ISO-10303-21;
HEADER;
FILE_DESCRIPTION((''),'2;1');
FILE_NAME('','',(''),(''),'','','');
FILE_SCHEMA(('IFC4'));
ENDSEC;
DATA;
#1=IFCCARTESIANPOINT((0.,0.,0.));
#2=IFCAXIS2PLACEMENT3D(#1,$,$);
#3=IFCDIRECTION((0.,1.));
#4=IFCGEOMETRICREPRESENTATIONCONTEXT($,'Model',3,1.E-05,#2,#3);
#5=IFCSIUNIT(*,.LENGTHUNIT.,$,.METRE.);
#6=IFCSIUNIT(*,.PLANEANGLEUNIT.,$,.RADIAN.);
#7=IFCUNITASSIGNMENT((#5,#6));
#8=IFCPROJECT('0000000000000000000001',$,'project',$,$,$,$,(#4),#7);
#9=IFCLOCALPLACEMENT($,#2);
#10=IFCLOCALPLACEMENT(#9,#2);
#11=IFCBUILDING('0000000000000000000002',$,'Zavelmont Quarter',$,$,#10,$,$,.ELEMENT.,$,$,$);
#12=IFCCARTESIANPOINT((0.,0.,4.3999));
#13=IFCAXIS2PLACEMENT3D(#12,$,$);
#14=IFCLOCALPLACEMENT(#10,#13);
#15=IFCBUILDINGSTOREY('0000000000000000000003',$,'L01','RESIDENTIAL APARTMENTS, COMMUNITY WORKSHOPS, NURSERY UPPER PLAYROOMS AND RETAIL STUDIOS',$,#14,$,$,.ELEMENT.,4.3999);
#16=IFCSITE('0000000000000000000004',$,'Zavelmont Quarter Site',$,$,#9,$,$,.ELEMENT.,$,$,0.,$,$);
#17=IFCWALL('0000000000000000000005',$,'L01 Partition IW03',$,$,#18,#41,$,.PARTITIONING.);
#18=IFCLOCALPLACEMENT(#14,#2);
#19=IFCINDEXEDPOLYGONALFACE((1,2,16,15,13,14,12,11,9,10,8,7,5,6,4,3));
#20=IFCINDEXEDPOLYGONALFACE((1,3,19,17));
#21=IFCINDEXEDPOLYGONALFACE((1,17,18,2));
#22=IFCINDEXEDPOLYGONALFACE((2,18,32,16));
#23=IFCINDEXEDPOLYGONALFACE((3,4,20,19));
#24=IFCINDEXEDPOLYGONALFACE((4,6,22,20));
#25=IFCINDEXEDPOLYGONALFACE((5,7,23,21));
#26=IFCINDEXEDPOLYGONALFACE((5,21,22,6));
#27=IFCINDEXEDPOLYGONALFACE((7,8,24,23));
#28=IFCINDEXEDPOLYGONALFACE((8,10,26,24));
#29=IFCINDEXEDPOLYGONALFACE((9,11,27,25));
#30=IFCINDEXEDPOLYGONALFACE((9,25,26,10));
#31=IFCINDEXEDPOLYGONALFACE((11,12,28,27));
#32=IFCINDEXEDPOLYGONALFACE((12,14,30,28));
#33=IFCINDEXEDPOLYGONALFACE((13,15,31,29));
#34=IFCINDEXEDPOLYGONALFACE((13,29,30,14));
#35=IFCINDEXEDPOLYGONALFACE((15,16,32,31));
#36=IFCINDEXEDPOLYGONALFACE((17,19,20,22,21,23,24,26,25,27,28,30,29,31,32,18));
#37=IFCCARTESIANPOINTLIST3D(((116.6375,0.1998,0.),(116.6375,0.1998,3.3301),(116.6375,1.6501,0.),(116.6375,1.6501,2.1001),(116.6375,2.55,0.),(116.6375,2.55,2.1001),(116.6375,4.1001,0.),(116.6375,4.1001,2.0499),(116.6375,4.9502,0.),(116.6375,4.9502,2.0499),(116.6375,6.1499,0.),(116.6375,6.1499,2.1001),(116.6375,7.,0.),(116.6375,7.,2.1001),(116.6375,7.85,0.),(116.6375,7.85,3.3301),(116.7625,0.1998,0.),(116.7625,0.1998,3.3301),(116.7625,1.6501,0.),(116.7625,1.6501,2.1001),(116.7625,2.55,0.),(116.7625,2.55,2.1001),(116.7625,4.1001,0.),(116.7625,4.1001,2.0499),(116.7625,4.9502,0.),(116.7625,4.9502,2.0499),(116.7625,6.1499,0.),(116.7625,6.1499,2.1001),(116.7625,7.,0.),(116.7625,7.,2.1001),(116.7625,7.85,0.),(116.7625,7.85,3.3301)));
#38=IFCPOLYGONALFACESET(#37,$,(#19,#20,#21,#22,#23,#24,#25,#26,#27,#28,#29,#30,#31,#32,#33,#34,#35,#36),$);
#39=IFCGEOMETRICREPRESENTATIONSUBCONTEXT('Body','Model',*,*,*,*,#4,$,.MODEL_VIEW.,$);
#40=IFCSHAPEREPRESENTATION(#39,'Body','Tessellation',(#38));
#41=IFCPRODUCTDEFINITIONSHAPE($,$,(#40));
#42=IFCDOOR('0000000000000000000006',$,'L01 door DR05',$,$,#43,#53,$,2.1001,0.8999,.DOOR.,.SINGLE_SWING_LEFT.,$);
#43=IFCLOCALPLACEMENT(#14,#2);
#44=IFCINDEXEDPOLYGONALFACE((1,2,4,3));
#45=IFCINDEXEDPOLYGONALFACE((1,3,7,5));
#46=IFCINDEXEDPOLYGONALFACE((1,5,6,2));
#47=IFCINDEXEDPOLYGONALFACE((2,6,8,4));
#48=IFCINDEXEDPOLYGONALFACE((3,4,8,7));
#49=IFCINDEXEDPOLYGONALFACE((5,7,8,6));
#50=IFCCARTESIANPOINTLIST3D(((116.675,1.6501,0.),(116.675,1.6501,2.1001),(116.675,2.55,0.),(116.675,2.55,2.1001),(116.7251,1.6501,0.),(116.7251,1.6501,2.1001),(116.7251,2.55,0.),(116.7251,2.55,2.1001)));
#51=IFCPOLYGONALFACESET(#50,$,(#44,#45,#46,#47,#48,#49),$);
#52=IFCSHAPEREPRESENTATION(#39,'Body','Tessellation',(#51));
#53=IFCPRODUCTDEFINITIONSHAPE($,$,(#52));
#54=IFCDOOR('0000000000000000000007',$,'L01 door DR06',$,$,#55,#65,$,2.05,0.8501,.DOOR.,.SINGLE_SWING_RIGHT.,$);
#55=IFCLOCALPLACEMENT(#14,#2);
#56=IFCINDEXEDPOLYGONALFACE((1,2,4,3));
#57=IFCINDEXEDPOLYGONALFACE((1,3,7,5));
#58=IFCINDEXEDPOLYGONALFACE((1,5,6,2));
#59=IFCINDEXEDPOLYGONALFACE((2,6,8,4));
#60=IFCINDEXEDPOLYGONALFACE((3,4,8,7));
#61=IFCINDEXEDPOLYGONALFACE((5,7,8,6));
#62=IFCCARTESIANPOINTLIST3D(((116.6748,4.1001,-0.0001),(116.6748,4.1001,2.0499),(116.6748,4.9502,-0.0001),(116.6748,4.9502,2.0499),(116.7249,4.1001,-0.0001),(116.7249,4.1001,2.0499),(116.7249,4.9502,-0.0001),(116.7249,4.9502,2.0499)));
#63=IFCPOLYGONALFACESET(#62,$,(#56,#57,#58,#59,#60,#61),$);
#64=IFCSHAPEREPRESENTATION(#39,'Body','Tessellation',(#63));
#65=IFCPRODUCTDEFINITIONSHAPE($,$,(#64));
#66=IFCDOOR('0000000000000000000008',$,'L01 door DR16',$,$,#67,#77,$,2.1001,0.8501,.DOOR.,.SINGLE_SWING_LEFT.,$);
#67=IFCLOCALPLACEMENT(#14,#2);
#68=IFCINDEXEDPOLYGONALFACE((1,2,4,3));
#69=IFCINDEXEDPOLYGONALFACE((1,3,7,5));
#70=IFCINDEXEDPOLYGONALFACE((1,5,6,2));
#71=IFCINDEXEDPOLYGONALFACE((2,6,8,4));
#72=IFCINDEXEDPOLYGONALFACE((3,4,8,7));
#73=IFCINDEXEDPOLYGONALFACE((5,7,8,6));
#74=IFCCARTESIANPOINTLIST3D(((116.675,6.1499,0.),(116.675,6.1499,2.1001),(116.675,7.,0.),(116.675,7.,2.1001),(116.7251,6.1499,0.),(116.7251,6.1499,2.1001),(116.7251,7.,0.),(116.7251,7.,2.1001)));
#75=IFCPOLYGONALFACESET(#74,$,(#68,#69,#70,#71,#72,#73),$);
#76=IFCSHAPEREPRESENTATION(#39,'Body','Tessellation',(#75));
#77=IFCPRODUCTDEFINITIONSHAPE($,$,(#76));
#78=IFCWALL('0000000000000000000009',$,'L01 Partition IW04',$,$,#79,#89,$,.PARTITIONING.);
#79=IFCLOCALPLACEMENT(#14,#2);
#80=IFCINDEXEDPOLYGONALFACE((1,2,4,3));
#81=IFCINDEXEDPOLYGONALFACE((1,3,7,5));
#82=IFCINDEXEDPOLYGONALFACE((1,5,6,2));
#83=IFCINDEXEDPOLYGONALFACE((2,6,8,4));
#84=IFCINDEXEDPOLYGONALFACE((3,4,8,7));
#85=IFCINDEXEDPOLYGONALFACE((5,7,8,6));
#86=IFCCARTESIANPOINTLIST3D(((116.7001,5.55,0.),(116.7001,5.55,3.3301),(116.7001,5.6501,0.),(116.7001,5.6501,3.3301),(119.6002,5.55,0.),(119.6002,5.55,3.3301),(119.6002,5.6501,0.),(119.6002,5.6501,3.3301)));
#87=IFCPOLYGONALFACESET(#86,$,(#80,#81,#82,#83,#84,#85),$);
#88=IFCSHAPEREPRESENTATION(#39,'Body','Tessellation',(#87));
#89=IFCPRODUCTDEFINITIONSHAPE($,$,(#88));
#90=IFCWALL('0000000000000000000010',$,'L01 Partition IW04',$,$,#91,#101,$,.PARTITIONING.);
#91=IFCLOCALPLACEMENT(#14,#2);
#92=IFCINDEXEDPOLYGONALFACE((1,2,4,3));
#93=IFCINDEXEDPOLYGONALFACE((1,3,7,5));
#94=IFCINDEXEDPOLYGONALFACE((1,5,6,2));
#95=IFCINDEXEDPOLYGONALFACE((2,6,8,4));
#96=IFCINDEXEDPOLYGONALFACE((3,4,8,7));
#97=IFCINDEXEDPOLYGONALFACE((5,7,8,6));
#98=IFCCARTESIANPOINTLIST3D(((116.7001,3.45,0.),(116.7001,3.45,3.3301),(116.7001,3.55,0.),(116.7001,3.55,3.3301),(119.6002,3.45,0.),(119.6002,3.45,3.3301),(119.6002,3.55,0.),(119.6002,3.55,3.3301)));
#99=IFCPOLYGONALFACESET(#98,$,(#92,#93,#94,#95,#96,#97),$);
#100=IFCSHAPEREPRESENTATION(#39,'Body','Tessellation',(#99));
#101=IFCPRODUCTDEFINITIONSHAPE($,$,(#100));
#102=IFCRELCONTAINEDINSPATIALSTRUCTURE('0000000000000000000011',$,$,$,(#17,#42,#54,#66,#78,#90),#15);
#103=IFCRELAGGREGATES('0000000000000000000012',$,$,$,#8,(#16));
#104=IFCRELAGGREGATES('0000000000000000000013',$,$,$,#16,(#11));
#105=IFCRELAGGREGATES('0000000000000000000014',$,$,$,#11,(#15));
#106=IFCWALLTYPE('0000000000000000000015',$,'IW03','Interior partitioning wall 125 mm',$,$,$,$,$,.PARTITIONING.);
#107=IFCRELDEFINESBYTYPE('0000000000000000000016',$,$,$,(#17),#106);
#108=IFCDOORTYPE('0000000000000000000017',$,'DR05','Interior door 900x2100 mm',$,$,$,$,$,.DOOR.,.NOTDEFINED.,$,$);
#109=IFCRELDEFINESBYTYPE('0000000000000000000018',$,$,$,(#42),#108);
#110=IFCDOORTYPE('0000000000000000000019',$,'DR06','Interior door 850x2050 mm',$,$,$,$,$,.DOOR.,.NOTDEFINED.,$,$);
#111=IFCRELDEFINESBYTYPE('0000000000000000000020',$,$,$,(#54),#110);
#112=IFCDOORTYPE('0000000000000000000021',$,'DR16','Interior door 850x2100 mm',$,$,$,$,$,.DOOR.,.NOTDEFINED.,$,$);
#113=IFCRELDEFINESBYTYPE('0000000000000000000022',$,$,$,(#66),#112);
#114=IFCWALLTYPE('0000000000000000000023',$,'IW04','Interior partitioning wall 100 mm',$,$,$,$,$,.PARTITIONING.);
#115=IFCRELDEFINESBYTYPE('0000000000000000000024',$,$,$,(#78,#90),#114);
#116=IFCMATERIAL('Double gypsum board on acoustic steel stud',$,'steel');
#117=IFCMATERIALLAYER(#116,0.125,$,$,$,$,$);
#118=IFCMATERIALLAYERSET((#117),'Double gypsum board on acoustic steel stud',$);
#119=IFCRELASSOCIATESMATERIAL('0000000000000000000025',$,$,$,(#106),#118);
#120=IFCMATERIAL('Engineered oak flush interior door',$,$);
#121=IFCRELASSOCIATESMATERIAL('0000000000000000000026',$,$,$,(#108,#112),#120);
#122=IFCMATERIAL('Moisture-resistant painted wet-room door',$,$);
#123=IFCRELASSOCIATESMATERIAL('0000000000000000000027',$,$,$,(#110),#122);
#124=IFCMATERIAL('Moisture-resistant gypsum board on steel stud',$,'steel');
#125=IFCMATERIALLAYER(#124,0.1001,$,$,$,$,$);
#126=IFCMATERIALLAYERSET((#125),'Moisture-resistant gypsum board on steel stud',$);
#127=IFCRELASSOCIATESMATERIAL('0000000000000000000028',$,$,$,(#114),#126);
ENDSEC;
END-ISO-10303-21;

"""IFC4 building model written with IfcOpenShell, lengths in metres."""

from ifc_helpers import new_model, si_unit, direction, frame, frame_2d, origin, origin_with_axes, place, context, subcontext, project, spatial, rectangle, extrude, material, layer, layer_set, type_object, element, fill, save


model = new_model("IFC4")

# Units and contexts
model_context = context("Model", 3, precision=1e-05, world=origin(), true_north=direction((0.0, 1.0)))
body_context = subcontext(model_context, "Body", "Model", "MODEL_VIEW")
ifc_project = project(units=[si_unit("LENGTHUNIT", "METRE"), si_unit("PLANEANGLEUNIT", "RADIAN")], contexts=[model_context])

# Site, building, storey
site_placement = place(None, origin())
site = spatial("IfcSite", under=ifc_project, at=site_placement, Name="Zavelmont Quarter Site", CompositionType="ELEMENT", RefElevation=0.0)
building_placement = place(site_placement, origin())
building = spatial("IfcBuilding", under=site, at=building_placement, Name="Zavelmont Quarter", CompositionType="ELEMENT")
storey_placement = place(building_placement, frame((0.0, 0.0, 4.3999)))
storey = spatial("IfcBuildingStorey", under=building, at=storey_placement, Name="L01", Description="RESIDENTIAL APARTMENTS, COMMUNITY WORKSHOPS, NURSERY UPPER PLAYROOMS AND RETAIL STUDIOS", CompositionType="ELEMENT", Elevation=4.3999)

# Wall, openings, doors
ifc_material_1 = material(Name="Double gypsum board on acoustic steel stud", Category="steel")
ifc_layer_1 = layer(ifc_material_1, 0.125)
ifc_layer_set_1 = layer_set([ifc_layer_1], Name="Double gypsum board on acoustic steel stud")
wall_type_1 = type_object("IfcWallType", Name="IW03", Description="Interior partitioning wall 125 mm", PredefinedType="PARTITIONING", material=ifc_layer_set_1)
wall_placement = place(storey_placement, frame((116.7, 7.8501, 0.0), z_axis=(0.0, 0.0, 1.0), x_axis=(0.0, -1.0, 0.0)))
wall = element("IfcWall", 1, at=wall_placement, inside=storey, type_object=wall_type_1, Name="L01 Partition IW03", PredefinedType="PARTITIONING", context=body_context, shape_type="SweptSolid", body=[
    extrude(rectangle(XDim=7.6501, YDim=0.125, at=frame_2d((3.8252, 0.0))), origin(), (0.0, 0.0, 1.0), 3.3301),
])
opening_1_placement = place(wall_placement, frame((0.8501, 0.0, 0.0)))
opening_1 = element("IfcOpeningElement", 2, at=opening_1_placement, cuts=wall, PredefinedType="OPENING", context=body_context, shape_type="SweptSolid", body=[
    extrude(rectangle(XDim=0.8501, YDim=2.1001, at=frame_2d((0.425, 1.05))), frame((0.0, 0.0745, 0.0), z_axis=(0.0, -1.0, 0.0), x_axis=(1.0, 0.0, 0.0)), (0.0, 0.0, 1.0), 0.1489),
])
opening_2_placement = place(wall_placement, frame((2.8999, 0.0, 0.0)))
opening_2 = element("IfcOpeningElement", 3, at=opening_2_placement, cuts=wall, PredefinedType="OPENING", context=body_context, shape_type="SweptSolid", body=[
    extrude(rectangle(XDim=0.8501, YDim=2.05, at=frame_2d((0.425, 1.0249))), frame((0.0, 0.0745, 0.0), z_axis=(0.0, -1.0, 0.0), x_axis=(1.0, 0.0, 0.0)), (0.0, 0.0, 1.0), 0.1489),
])
opening_3_placement = place(wall_placement, frame((5.3, 0.0, 0.0)))
opening_3 = element("IfcOpeningElement", 4, at=opening_3_placement, cuts=wall, PredefinedType="OPENING", context=body_context, shape_type="SweptSolid", body=[
    extrude(rectangle(XDim=0.8999, YDim=2.1001, at=frame_2d((0.45, 1.05))), frame((0.0, 0.0745, 0.0), z_axis=(0.0, -1.0, 0.0), x_axis=(1.0, 0.0, 0.0)), (0.0, 0.0, 1.0), 0.1489),
])
ifc_material_2 = material(Name="Engineered oak flush interior door")
door_type_1 = type_object("IfcDoorType", Name="DR05", Description="Interior door 900x2100 mm", OperationType="NOTDEFINED", PredefinedType="DOOR", material=ifc_material_2)
door_1_placement = place(opening_3_placement, frame((0.8999, 0.0, 0.0), z_axis=(0.0, 0.0, 1.0), x_axis=(-1.0, 0.0, 0.0)))
door_1 = element("IfcDoor", 5, at=door_1_placement, inside=storey, type_object=door_type_1, Name="L01 door DR05", OperationType="SINGLE_SWING_LEFT", OverallHeight=2.1001, OverallWidth=0.8999, PredefinedType="DOOR", context=body_context, shape_type="SweptSolid", body=[
    extrude(rectangle(XDim=0.8999, YDim=2.1001, at=frame_2d((0.45, 1.05))), frame((0.0, 0.0249, 0.0), z_axis=(0.0, -1.0, 0.0), x_axis=(1.0, 0.0, 0.0)), (0.0, 0.0, 1.0), 0.05),
])
fill(opening_3, door_1)
ifc_material_3 = material(Name="Moisture-resistant painted wet-room door")
door_type_2 = type_object("IfcDoorType", Name="DR06", Description="Interior door 850x2050 mm", OperationType="NOTDEFINED", PredefinedType="DOOR", material=ifc_material_3)
door_2_placement = place(opening_2_placement, origin_with_axes())
door_2 = element("IfcDoor", 6, at=door_2_placement, inside=storey, type_object=door_type_2, Name="L01 door DR06", OperationType="SINGLE_SWING_RIGHT", OverallHeight=2.05, OverallWidth=0.8501, PredefinedType="DOOR", context=body_context, shape_type="SweptSolid", body=[
    extrude(rectangle(XDim=0.8501, YDim=2.05, at=frame_2d((0.425, 1.0249))), frame((0.0, 0.0249, 0.0), z_axis=(0.0, -1.0, 0.0), x_axis=(1.0, 0.0, 0.0)), (0.0, 0.0, 1.0), 0.05),
])
fill(opening_2, door_2)
door_type_3 = type_object("IfcDoorType", Name="DR16", Description="Interior door 850x2100 mm", OperationType="NOTDEFINED", PredefinedType="DOOR", material=ifc_material_2)
door_3_placement = place(opening_1_placement, frame((0.8501, 0.0, 0.0), z_axis=(0.0, 0.0, 1.0), x_axis=(-1.0, 0.0, 0.0)))
door_3 = element("IfcDoor", 7, at=door_3_placement, inside=storey, type_object=door_type_3, Name="L01 door DR16", OperationType="SINGLE_SWING_LEFT", OverallHeight=2.1001, OverallWidth=0.8501, PredefinedType="DOOR", context=body_context, shape_type="SweptSolid", body=[
    extrude(rectangle(XDim=0.8501, YDim=2.1001, at=frame_2d((0.425, 1.05))), frame((0.0, 0.0249, 0.0), z_axis=(0.0, -1.0, 0.0), x_axis=(1.0, 0.0, 0.0)), (0.0, 0.0, 1.0), 0.05),
])
fill(opening_1, door_3)

# Walls
ifc_material_4 = material(Name="Moisture-resistant gypsum board on steel stud", Category="steel")
ifc_layer_2 = layer(ifc_material_4, 0.1001)
ifc_layer_set_2 = layer_set([ifc_layer_2], Name="Moisture-resistant gypsum board on steel stud")
wall_type_2 = type_object("IfcWallType", Name="IW04", Description="Interior partitioning wall 100 mm", PredefinedType="PARTITIONING", material=ifc_layer_set_2)
for number, where, z_axis, x_axis, name in (
    (8, (116.7, 5.6001, 0.0), (0.0, 0.0, 1.0), (1.0, 0.0, 0.0), "L01 Partition IW04"),
    (9, (116.7, 3.5, 0.0), (0.0, 0.0, 1.0), (1.0, 0.0, 0.0), "L01 Partition IW04"),
):
    element("IfcWall", number, at=place(storey_placement, frame(where, z_axis=z_axis, x_axis=x_axis)), inside=storey, type_object=wall_type_2, Name=name, PredefinedType="PARTITIONING", context=body_context, shape_type="SweptSolid", body=[
        extrude(rectangle(XDim=2.9001, YDim=0.1001, at=frame_2d((1.4502, 0.0))), origin(), (0.0, 0.0, 1.0), 3.3301),
    ])

save(model, "model.ifc")
